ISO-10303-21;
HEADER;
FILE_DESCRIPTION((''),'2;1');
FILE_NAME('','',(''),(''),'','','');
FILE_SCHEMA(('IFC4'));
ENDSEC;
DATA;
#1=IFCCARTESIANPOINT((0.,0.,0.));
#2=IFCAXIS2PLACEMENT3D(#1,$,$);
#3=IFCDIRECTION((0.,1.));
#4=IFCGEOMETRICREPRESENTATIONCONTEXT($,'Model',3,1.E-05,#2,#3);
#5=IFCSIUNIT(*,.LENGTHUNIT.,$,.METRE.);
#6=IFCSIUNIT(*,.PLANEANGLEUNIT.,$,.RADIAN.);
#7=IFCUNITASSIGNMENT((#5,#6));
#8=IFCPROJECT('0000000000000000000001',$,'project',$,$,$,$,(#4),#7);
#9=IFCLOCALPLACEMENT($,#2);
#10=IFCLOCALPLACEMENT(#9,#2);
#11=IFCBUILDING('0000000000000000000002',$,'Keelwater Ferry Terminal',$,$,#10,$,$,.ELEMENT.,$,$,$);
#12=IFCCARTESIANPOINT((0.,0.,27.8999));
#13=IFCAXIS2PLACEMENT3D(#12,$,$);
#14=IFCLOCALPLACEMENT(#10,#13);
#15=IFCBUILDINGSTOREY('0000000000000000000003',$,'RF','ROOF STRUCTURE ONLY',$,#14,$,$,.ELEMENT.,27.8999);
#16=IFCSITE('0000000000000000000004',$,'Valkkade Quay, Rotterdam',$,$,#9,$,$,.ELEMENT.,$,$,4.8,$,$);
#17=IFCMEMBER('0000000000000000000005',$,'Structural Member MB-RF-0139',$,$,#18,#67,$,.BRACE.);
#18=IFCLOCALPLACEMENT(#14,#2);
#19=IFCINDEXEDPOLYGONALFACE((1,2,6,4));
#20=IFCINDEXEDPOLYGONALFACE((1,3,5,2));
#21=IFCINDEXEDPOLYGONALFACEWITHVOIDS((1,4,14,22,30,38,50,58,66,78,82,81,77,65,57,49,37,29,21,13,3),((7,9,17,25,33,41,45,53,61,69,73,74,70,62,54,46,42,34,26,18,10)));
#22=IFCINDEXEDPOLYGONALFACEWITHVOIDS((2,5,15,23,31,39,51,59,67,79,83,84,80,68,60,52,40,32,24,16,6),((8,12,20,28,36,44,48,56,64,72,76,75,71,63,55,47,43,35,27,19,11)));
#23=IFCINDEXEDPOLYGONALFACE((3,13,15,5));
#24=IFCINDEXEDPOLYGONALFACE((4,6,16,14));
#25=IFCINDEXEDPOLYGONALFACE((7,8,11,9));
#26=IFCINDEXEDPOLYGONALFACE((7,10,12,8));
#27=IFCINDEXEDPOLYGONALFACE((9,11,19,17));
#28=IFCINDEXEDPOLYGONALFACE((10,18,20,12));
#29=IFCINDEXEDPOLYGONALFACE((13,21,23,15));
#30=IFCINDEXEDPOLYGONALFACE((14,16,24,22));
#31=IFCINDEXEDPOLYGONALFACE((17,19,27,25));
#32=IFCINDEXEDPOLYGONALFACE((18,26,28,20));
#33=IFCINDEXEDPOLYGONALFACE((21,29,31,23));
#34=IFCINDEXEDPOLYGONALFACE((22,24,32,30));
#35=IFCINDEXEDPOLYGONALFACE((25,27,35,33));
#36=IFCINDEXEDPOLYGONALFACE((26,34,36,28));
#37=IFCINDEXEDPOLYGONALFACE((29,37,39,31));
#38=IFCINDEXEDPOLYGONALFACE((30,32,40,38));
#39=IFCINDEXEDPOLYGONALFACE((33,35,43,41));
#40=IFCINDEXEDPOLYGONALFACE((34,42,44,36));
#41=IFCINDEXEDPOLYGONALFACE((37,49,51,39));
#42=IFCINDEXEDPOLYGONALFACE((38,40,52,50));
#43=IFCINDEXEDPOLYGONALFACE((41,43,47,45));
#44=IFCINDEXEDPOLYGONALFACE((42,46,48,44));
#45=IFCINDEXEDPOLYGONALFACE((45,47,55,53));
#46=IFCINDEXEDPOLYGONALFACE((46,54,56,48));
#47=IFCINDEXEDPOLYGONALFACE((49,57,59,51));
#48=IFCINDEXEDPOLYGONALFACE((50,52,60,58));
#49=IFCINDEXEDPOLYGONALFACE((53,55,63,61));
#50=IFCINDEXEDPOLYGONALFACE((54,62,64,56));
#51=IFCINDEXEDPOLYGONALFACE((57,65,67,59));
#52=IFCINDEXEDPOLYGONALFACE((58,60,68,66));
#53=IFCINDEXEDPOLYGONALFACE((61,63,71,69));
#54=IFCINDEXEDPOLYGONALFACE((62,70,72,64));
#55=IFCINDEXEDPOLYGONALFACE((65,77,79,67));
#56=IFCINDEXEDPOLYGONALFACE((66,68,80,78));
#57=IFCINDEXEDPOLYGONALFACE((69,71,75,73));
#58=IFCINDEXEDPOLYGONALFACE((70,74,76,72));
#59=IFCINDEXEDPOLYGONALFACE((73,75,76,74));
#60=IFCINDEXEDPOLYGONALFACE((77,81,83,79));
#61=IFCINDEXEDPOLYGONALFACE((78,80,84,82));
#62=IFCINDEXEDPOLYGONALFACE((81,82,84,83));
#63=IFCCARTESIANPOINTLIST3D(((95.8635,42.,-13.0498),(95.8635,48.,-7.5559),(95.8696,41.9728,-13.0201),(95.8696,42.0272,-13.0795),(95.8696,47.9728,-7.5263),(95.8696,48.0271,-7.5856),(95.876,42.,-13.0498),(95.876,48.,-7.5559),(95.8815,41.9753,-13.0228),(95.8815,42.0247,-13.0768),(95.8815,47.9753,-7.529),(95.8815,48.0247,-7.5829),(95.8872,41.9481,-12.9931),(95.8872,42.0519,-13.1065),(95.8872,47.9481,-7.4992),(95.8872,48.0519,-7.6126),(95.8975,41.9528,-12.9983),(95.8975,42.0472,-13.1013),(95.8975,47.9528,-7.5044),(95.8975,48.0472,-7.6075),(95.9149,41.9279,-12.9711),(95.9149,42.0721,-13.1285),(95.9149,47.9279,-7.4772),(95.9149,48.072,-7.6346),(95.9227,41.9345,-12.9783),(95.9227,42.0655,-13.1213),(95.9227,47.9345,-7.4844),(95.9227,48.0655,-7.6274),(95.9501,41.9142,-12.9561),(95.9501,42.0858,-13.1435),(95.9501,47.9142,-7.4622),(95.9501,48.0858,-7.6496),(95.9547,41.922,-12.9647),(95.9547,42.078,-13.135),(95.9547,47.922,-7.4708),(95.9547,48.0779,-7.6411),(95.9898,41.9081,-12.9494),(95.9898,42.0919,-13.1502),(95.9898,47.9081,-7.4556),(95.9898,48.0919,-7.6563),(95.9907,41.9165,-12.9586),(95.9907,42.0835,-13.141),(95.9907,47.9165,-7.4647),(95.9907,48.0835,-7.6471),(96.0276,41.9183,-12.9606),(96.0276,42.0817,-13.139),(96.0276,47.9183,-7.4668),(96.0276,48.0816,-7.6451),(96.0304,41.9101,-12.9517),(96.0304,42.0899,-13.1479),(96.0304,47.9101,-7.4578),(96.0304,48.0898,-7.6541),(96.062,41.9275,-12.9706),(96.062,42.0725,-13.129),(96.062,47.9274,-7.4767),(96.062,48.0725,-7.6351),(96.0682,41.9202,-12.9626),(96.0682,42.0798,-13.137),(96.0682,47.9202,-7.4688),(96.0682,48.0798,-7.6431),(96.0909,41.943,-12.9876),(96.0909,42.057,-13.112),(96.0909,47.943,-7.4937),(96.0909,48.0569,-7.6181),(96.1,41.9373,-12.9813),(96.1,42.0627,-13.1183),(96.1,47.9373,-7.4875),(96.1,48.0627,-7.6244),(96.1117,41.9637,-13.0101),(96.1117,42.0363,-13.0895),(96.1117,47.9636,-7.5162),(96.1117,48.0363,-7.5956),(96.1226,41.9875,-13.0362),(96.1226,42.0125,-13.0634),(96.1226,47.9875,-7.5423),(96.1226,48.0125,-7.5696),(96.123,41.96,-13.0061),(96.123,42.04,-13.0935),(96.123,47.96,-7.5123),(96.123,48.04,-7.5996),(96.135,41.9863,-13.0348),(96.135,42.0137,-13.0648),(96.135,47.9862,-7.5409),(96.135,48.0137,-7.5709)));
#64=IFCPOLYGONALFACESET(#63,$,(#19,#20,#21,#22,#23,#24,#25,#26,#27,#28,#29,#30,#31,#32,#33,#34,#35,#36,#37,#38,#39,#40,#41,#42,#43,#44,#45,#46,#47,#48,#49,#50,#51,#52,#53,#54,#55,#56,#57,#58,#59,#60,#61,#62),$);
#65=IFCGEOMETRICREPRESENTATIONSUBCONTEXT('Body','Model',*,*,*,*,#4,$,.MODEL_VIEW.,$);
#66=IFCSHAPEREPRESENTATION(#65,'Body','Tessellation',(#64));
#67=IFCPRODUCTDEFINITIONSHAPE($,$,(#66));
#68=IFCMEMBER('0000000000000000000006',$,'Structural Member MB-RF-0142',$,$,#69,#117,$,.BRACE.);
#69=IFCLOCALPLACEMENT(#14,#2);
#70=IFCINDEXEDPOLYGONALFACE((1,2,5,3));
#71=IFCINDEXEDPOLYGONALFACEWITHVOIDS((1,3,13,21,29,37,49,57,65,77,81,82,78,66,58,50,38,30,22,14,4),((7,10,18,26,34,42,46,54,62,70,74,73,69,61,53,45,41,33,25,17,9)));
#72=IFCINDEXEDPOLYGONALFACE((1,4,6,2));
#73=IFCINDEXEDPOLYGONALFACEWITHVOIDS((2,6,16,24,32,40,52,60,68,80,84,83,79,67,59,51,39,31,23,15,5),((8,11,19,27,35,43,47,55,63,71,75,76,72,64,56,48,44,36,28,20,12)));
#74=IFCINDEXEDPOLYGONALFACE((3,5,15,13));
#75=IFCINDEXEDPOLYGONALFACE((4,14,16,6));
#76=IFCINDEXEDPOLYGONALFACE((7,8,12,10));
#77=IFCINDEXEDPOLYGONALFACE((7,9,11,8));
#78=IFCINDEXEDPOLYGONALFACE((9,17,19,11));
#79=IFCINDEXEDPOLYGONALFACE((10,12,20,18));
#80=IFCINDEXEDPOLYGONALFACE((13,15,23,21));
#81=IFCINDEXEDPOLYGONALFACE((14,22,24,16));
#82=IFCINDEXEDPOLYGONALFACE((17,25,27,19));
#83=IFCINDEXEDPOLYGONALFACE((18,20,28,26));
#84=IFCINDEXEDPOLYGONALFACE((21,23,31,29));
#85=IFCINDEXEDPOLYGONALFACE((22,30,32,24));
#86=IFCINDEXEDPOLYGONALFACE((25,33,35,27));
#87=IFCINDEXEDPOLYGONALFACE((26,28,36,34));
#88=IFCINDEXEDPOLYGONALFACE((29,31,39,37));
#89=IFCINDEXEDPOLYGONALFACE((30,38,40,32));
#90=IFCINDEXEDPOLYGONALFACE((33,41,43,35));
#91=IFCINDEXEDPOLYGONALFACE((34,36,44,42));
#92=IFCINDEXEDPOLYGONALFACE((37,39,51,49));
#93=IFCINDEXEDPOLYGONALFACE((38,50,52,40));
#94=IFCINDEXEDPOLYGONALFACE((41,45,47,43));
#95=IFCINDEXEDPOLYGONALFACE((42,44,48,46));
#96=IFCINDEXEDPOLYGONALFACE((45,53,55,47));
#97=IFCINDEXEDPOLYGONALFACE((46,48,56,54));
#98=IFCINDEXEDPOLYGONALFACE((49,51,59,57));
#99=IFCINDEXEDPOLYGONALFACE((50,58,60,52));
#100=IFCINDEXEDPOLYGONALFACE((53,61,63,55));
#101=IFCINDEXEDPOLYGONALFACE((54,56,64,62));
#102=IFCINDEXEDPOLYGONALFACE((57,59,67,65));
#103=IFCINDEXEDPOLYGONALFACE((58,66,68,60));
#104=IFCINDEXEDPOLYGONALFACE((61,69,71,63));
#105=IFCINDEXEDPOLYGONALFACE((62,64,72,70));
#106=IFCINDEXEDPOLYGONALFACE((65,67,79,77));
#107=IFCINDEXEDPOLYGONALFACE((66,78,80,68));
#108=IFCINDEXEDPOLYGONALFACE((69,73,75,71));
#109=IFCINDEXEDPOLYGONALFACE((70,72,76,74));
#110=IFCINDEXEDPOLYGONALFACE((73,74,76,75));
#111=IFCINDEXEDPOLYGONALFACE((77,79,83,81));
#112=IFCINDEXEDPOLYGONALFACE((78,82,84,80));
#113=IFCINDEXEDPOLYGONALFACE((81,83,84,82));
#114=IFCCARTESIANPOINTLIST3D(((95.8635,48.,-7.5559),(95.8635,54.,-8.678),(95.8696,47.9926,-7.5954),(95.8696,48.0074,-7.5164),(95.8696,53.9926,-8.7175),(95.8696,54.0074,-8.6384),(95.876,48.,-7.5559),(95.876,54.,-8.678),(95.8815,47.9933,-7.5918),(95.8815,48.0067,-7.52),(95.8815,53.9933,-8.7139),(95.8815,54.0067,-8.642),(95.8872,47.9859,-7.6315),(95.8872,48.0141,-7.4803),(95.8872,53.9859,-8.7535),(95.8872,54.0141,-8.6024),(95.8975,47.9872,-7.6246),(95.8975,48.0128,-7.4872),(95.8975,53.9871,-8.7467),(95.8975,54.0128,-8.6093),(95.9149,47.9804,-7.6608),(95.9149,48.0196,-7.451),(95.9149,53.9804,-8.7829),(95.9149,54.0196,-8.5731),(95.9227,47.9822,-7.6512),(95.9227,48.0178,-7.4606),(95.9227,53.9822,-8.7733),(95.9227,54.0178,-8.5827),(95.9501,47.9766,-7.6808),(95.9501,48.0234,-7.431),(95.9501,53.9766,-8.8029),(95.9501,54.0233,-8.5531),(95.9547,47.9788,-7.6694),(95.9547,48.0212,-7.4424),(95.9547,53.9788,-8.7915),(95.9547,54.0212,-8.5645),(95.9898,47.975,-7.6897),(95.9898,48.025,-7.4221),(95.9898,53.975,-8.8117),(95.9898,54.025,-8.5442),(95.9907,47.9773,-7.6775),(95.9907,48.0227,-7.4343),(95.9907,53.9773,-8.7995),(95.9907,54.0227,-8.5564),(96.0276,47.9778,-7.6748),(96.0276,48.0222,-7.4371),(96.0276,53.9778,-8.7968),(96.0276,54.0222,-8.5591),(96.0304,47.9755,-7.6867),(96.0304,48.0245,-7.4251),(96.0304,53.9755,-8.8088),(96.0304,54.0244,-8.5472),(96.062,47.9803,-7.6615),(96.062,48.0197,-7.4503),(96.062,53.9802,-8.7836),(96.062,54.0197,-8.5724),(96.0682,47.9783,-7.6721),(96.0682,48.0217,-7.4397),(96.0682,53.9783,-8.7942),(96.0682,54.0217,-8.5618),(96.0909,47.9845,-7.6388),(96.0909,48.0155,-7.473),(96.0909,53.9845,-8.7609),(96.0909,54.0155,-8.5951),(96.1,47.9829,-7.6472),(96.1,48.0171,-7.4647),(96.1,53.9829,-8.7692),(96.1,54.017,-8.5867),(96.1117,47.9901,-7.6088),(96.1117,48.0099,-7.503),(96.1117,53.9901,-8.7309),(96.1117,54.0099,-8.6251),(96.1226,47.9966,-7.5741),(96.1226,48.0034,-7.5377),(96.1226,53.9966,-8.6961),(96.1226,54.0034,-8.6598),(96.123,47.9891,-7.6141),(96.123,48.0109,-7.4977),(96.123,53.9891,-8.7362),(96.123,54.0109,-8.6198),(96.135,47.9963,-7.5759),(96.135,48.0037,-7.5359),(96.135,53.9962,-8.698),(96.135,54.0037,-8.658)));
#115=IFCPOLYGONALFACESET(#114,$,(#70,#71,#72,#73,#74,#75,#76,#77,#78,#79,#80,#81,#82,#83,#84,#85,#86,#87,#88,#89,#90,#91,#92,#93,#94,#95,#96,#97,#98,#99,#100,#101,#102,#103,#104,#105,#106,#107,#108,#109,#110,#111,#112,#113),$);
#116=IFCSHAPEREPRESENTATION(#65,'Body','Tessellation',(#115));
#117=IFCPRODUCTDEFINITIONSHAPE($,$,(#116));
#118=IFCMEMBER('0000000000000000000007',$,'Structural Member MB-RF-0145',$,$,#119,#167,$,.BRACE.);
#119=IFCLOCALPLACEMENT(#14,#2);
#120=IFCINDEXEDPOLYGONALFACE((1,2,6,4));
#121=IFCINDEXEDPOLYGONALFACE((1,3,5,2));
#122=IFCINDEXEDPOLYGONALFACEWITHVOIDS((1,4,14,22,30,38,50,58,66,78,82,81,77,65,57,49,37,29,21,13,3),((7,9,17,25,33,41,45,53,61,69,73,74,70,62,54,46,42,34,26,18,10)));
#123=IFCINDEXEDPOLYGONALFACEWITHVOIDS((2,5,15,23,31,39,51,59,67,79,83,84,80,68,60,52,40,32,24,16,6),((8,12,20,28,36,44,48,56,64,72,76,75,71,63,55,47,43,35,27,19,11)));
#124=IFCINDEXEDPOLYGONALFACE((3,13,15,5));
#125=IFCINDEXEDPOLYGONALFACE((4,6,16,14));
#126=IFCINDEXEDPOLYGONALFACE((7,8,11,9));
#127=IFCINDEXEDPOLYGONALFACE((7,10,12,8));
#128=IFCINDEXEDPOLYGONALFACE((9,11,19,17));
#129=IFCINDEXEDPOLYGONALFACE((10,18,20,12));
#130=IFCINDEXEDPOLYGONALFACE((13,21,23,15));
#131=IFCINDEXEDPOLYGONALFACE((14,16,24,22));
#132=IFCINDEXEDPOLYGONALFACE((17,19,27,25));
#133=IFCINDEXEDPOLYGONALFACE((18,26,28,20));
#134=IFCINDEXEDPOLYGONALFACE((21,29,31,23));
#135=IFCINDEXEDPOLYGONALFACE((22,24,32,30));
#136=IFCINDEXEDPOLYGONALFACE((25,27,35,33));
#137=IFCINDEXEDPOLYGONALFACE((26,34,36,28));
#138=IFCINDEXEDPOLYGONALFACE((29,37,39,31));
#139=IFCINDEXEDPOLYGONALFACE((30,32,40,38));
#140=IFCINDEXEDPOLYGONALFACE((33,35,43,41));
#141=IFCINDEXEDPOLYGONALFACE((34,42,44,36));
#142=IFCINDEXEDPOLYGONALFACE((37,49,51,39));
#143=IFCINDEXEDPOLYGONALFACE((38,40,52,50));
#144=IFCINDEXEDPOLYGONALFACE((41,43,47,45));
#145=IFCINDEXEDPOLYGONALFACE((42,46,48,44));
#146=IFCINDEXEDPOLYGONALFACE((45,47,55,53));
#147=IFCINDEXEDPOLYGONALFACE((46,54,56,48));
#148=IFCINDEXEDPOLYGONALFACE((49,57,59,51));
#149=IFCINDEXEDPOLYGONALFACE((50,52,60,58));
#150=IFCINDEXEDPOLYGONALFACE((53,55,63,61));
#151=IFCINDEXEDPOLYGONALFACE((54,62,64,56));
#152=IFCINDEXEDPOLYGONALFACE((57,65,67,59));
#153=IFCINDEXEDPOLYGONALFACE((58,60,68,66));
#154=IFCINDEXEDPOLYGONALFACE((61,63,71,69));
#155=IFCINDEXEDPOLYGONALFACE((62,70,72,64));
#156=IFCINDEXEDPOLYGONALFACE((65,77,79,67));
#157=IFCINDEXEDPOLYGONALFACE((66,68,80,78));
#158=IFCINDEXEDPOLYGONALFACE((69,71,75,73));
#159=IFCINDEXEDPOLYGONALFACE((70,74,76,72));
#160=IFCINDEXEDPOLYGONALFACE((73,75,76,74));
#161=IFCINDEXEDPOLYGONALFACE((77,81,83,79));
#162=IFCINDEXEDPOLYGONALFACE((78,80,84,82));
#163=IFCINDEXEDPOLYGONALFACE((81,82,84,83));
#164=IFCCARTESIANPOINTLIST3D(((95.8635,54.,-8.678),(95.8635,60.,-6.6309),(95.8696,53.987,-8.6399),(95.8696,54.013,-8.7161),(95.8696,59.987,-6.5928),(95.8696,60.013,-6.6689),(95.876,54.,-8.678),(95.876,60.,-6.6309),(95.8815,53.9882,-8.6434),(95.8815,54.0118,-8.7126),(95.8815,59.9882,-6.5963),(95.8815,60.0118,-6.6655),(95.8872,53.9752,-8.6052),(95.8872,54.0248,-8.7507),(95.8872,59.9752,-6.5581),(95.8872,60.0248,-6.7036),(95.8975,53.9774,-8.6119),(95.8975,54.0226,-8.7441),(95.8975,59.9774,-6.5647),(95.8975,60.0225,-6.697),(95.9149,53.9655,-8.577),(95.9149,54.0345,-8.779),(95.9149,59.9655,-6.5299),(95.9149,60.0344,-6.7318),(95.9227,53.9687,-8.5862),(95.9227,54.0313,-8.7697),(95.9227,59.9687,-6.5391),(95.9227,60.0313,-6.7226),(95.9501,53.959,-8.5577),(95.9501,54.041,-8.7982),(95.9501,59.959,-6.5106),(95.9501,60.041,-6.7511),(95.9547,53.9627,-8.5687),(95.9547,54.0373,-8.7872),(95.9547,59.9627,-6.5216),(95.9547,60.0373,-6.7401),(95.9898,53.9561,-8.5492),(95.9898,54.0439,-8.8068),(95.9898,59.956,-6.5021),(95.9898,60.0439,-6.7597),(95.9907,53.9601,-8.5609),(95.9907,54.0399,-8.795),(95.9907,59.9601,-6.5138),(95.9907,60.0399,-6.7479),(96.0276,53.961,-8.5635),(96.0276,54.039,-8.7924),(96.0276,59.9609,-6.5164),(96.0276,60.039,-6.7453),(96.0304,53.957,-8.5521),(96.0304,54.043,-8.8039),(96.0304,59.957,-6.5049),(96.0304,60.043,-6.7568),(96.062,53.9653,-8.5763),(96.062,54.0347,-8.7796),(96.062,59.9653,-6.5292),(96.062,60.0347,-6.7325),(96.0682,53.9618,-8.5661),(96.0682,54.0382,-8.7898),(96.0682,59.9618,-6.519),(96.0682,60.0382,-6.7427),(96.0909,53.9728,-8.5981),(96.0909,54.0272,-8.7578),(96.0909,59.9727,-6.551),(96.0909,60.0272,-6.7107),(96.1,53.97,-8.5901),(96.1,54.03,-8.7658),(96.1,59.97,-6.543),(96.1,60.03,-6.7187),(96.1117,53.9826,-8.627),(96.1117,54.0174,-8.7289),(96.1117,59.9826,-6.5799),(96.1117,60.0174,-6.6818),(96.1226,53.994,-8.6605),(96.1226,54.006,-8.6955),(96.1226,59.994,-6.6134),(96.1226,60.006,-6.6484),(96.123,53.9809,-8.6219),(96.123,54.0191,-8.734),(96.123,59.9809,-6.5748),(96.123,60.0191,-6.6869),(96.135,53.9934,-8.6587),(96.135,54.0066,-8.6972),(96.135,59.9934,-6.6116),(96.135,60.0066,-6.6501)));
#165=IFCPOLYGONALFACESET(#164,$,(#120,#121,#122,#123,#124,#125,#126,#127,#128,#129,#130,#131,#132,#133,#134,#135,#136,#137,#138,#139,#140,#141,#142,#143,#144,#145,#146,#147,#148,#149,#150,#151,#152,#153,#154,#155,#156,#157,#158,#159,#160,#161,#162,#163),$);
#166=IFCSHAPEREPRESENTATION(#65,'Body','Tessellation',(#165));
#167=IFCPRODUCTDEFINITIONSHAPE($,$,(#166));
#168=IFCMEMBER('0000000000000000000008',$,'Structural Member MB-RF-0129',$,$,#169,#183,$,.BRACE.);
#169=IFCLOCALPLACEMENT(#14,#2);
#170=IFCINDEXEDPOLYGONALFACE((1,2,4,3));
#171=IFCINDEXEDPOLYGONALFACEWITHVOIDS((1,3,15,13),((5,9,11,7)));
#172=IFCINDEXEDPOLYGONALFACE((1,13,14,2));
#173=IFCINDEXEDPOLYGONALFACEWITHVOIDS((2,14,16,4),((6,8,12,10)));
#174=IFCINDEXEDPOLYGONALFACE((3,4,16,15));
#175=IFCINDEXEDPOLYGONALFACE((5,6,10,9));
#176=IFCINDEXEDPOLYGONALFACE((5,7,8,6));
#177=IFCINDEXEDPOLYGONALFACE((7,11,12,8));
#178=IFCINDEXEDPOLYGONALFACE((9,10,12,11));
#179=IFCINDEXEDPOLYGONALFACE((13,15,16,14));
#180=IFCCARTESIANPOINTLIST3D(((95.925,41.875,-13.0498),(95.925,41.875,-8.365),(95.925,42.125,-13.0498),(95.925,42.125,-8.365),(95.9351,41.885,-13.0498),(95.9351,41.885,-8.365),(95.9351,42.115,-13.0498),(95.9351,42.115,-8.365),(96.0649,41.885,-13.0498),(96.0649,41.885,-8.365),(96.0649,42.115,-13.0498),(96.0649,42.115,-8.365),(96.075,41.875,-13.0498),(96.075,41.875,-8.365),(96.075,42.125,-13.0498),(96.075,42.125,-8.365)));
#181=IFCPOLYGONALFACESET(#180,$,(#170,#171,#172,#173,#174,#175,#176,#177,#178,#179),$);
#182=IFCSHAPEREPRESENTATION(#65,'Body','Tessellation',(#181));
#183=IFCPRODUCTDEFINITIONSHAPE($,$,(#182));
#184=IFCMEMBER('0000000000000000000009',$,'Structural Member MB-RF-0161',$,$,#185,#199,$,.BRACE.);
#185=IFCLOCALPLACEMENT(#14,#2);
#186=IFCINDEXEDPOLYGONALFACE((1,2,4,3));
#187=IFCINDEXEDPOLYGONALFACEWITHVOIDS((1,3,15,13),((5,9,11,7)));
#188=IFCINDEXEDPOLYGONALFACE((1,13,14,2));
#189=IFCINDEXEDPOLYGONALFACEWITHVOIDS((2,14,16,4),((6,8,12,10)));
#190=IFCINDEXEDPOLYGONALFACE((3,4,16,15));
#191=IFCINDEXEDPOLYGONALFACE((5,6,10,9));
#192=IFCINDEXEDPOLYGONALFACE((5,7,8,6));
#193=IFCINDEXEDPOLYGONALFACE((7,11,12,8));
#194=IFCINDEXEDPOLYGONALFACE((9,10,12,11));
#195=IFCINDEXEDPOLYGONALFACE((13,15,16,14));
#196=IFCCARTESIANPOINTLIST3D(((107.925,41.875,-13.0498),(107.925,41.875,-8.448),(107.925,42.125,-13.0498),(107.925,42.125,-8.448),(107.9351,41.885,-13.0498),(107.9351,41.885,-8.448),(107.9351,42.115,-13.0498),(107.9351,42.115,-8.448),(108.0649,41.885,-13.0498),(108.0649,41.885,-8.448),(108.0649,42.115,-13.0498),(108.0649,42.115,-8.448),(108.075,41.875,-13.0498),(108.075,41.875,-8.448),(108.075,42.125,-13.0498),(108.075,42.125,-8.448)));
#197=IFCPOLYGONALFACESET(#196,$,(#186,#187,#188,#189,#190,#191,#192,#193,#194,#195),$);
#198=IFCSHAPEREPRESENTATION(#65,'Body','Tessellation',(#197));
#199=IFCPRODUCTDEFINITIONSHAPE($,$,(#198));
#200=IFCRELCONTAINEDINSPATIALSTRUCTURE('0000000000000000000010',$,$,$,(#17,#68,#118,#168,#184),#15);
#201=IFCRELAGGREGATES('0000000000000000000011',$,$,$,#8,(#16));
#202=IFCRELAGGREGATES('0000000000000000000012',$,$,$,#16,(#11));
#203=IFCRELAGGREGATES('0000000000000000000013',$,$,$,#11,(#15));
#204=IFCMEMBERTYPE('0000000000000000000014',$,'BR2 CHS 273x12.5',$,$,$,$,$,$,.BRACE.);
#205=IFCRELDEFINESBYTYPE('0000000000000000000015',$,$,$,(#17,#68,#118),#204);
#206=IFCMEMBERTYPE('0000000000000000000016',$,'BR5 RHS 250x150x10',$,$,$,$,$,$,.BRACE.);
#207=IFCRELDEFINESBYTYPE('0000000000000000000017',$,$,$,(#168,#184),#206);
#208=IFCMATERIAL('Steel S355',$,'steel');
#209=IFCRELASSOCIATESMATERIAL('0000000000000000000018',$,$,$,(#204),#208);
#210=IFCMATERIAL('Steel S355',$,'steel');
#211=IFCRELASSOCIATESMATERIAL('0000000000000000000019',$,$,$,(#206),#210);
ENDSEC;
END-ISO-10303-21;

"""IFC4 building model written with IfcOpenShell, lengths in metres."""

from ifc_helpers import new_model, si_unit, direction, frame, origin, origin_2d, place, context, subcontext, project, spatial, hollow_rectangle, hollow_circle, extrude, material, material_profile, profile_set, type_object, element, save


model = new_model("IFC4")

# Units and contexts
model_context = context("Model", 3, precision=1e-05, world=origin(), true_north=direction((0.0, 1.0)))
body_context = subcontext(model_context, "Body", "Model", "MODEL_VIEW")
ifc_project = project(units=[si_unit("LENGTHUNIT", "METRE"), si_unit("PLANEANGLEUNIT", "RADIAN")], contexts=[model_context])

# Site, building, storey
site_placement = place(None, origin())
site = spatial("IfcSite", under=ifc_project, at=site_placement, Name="Valkkade Quay, Rotterdam", CompositionType="ELEMENT", RefElevation=4.8)
building_placement = place(site_placement, origin())
building = spatial("IfcBuilding", under=site, at=building_placement, Name="Keelwater Ferry Terminal", CompositionType="ELEMENT")
storey_placement = place(building_placement, frame((0.0, 0.0, 27.8999)))
storey = spatial("IfcBuildingStorey", under=building, at=storey_placement, Name="RF", Description="ROOF STRUCTURE ONLY", CompositionType="ELEMENT", Elevation=27.8999)

# Members
ifc_material_1 = material(Name="Steel S355", Category="steel")
ifc_material_profile_1 = material_profile(ifc_material_1, hollow_circle(Radius=0.1365, WallThickness=0.0125, at=origin_2d()), Name="CHS 273x12.5")
ifc_profile_set_1 = profile_set([ifc_material_profile_1], Name="Steel S355")
member_type_1 = type_object("IfcMemberType", Name="BR2 CHS 273x12.5", PredefinedType="BRACE", material=ifc_profile_set_1)
member_1_placement = place(storey_placement, frame((96.0, 42.0, -13.0498), z_axis=(0.0, 0.737528, 0.675317), x_axis=(-1.0, 0.0, 0.0)))
element("IfcMember", 1, at=member_1_placement, inside=storey, type_object=member_type_1, Name="Structural Member MB-RF-0139", PredefinedType="BRACE", context=body_context, shape_type="SweptSolid", body=[
    extrude(hollow_circle(Radius=0.1365, WallThickness=0.0125, at=origin_2d()), origin(), (0.0, 0.0, 1.0), 8.1353),
])
member_2_placement = place(storey_placement, frame((96.0, 48.0, -7.5559), z_axis=(0.0, 0.982959, -0.183825), x_axis=(-1.0, 0.0, 0.0)))
element("IfcMember", 2, at=member_2_placement, inside=storey, type_object=member_type_1, Name="Structural Member MB-RF-0142", PredefinedType="BRACE", context=body_context, shape_type="SweptSolid", body=[
    extrude(hollow_circle(Radius=0.1365, WallThickness=0.0125, at=origin_2d()), origin(), (0.0, 0.0, 1.0), 6.104),
])
member_3_placement = place(storey_placement, frame((96.0, 54.0, -8.678), z_axis=(0.0, 0.94643, 0.322909), x_axis=(-1.0, 0.0, 0.0)))
element("IfcMember", 3, at=member_3_placement, inside=storey, type_object=member_type_1, Name="Structural Member MB-RF-0145", PredefinedType="BRACE", context=body_context, shape_type="SweptSolid", body=[
    extrude(hollow_circle(Radius=0.1365, WallThickness=0.0125, at=origin_2d()), origin(), (0.0, 0.0, 1.0), 6.3396),
])
ifc_material_2 = material(Name="Steel S355", Category="steel")
ifc_material_profile_2 = material_profile(ifc_material_2, hollow_rectangle(XDim=0.1499, YDim=0.25, WallThickness=0.01, at=origin_2d()), Name="RHS 250x150x10")
ifc_profile_set_2 = profile_set([ifc_material_profile_2], Name="Steel S355")
member_type_2 = type_object("IfcMemberType", Name="BR5 RHS 250x150x10", PredefinedType="BRACE", material=ifc_profile_set_2)
member_4_placement = place(storey_placement, frame((96.0, 42.0, -13.0498), z_axis=(0.0, 0.0, 1.0), x_axis=(1.0, 0.0, 0.0)))
element("IfcMember", 4, at=member_4_placement, inside=storey, type_object=member_type_2, Name="Structural Member MB-RF-0129", PredefinedType="BRACE", context=body_context, shape_type="SweptSolid", body=[
    extrude(hollow_rectangle(XDim=0.1499, YDim=0.25, WallThickness=0.01, at=origin_2d()), origin(), (0.0, 0.0, 1.0), 4.6848),
])
member_5_placement = place(storey_placement, frame((108.0, 42.0, -13.0498), z_axis=(0.0, 0.0, 1.0), x_axis=(1.0, 0.0, 0.0)))
element("IfcMember", 5, at=member_5_placement, inside=storey, type_object=member_type_2, Name="Structural Member MB-RF-0161", PredefinedType="BRACE", context=body_context, shape_type="SweptSolid", body=[
    extrude(hollow_rectangle(XDim=0.1499, YDim=0.25, WallThickness=0.01, at=origin_2d()), origin(), (0.0, 0.0, 1.0), 4.6018),
])

save(model, "model.ifc")
